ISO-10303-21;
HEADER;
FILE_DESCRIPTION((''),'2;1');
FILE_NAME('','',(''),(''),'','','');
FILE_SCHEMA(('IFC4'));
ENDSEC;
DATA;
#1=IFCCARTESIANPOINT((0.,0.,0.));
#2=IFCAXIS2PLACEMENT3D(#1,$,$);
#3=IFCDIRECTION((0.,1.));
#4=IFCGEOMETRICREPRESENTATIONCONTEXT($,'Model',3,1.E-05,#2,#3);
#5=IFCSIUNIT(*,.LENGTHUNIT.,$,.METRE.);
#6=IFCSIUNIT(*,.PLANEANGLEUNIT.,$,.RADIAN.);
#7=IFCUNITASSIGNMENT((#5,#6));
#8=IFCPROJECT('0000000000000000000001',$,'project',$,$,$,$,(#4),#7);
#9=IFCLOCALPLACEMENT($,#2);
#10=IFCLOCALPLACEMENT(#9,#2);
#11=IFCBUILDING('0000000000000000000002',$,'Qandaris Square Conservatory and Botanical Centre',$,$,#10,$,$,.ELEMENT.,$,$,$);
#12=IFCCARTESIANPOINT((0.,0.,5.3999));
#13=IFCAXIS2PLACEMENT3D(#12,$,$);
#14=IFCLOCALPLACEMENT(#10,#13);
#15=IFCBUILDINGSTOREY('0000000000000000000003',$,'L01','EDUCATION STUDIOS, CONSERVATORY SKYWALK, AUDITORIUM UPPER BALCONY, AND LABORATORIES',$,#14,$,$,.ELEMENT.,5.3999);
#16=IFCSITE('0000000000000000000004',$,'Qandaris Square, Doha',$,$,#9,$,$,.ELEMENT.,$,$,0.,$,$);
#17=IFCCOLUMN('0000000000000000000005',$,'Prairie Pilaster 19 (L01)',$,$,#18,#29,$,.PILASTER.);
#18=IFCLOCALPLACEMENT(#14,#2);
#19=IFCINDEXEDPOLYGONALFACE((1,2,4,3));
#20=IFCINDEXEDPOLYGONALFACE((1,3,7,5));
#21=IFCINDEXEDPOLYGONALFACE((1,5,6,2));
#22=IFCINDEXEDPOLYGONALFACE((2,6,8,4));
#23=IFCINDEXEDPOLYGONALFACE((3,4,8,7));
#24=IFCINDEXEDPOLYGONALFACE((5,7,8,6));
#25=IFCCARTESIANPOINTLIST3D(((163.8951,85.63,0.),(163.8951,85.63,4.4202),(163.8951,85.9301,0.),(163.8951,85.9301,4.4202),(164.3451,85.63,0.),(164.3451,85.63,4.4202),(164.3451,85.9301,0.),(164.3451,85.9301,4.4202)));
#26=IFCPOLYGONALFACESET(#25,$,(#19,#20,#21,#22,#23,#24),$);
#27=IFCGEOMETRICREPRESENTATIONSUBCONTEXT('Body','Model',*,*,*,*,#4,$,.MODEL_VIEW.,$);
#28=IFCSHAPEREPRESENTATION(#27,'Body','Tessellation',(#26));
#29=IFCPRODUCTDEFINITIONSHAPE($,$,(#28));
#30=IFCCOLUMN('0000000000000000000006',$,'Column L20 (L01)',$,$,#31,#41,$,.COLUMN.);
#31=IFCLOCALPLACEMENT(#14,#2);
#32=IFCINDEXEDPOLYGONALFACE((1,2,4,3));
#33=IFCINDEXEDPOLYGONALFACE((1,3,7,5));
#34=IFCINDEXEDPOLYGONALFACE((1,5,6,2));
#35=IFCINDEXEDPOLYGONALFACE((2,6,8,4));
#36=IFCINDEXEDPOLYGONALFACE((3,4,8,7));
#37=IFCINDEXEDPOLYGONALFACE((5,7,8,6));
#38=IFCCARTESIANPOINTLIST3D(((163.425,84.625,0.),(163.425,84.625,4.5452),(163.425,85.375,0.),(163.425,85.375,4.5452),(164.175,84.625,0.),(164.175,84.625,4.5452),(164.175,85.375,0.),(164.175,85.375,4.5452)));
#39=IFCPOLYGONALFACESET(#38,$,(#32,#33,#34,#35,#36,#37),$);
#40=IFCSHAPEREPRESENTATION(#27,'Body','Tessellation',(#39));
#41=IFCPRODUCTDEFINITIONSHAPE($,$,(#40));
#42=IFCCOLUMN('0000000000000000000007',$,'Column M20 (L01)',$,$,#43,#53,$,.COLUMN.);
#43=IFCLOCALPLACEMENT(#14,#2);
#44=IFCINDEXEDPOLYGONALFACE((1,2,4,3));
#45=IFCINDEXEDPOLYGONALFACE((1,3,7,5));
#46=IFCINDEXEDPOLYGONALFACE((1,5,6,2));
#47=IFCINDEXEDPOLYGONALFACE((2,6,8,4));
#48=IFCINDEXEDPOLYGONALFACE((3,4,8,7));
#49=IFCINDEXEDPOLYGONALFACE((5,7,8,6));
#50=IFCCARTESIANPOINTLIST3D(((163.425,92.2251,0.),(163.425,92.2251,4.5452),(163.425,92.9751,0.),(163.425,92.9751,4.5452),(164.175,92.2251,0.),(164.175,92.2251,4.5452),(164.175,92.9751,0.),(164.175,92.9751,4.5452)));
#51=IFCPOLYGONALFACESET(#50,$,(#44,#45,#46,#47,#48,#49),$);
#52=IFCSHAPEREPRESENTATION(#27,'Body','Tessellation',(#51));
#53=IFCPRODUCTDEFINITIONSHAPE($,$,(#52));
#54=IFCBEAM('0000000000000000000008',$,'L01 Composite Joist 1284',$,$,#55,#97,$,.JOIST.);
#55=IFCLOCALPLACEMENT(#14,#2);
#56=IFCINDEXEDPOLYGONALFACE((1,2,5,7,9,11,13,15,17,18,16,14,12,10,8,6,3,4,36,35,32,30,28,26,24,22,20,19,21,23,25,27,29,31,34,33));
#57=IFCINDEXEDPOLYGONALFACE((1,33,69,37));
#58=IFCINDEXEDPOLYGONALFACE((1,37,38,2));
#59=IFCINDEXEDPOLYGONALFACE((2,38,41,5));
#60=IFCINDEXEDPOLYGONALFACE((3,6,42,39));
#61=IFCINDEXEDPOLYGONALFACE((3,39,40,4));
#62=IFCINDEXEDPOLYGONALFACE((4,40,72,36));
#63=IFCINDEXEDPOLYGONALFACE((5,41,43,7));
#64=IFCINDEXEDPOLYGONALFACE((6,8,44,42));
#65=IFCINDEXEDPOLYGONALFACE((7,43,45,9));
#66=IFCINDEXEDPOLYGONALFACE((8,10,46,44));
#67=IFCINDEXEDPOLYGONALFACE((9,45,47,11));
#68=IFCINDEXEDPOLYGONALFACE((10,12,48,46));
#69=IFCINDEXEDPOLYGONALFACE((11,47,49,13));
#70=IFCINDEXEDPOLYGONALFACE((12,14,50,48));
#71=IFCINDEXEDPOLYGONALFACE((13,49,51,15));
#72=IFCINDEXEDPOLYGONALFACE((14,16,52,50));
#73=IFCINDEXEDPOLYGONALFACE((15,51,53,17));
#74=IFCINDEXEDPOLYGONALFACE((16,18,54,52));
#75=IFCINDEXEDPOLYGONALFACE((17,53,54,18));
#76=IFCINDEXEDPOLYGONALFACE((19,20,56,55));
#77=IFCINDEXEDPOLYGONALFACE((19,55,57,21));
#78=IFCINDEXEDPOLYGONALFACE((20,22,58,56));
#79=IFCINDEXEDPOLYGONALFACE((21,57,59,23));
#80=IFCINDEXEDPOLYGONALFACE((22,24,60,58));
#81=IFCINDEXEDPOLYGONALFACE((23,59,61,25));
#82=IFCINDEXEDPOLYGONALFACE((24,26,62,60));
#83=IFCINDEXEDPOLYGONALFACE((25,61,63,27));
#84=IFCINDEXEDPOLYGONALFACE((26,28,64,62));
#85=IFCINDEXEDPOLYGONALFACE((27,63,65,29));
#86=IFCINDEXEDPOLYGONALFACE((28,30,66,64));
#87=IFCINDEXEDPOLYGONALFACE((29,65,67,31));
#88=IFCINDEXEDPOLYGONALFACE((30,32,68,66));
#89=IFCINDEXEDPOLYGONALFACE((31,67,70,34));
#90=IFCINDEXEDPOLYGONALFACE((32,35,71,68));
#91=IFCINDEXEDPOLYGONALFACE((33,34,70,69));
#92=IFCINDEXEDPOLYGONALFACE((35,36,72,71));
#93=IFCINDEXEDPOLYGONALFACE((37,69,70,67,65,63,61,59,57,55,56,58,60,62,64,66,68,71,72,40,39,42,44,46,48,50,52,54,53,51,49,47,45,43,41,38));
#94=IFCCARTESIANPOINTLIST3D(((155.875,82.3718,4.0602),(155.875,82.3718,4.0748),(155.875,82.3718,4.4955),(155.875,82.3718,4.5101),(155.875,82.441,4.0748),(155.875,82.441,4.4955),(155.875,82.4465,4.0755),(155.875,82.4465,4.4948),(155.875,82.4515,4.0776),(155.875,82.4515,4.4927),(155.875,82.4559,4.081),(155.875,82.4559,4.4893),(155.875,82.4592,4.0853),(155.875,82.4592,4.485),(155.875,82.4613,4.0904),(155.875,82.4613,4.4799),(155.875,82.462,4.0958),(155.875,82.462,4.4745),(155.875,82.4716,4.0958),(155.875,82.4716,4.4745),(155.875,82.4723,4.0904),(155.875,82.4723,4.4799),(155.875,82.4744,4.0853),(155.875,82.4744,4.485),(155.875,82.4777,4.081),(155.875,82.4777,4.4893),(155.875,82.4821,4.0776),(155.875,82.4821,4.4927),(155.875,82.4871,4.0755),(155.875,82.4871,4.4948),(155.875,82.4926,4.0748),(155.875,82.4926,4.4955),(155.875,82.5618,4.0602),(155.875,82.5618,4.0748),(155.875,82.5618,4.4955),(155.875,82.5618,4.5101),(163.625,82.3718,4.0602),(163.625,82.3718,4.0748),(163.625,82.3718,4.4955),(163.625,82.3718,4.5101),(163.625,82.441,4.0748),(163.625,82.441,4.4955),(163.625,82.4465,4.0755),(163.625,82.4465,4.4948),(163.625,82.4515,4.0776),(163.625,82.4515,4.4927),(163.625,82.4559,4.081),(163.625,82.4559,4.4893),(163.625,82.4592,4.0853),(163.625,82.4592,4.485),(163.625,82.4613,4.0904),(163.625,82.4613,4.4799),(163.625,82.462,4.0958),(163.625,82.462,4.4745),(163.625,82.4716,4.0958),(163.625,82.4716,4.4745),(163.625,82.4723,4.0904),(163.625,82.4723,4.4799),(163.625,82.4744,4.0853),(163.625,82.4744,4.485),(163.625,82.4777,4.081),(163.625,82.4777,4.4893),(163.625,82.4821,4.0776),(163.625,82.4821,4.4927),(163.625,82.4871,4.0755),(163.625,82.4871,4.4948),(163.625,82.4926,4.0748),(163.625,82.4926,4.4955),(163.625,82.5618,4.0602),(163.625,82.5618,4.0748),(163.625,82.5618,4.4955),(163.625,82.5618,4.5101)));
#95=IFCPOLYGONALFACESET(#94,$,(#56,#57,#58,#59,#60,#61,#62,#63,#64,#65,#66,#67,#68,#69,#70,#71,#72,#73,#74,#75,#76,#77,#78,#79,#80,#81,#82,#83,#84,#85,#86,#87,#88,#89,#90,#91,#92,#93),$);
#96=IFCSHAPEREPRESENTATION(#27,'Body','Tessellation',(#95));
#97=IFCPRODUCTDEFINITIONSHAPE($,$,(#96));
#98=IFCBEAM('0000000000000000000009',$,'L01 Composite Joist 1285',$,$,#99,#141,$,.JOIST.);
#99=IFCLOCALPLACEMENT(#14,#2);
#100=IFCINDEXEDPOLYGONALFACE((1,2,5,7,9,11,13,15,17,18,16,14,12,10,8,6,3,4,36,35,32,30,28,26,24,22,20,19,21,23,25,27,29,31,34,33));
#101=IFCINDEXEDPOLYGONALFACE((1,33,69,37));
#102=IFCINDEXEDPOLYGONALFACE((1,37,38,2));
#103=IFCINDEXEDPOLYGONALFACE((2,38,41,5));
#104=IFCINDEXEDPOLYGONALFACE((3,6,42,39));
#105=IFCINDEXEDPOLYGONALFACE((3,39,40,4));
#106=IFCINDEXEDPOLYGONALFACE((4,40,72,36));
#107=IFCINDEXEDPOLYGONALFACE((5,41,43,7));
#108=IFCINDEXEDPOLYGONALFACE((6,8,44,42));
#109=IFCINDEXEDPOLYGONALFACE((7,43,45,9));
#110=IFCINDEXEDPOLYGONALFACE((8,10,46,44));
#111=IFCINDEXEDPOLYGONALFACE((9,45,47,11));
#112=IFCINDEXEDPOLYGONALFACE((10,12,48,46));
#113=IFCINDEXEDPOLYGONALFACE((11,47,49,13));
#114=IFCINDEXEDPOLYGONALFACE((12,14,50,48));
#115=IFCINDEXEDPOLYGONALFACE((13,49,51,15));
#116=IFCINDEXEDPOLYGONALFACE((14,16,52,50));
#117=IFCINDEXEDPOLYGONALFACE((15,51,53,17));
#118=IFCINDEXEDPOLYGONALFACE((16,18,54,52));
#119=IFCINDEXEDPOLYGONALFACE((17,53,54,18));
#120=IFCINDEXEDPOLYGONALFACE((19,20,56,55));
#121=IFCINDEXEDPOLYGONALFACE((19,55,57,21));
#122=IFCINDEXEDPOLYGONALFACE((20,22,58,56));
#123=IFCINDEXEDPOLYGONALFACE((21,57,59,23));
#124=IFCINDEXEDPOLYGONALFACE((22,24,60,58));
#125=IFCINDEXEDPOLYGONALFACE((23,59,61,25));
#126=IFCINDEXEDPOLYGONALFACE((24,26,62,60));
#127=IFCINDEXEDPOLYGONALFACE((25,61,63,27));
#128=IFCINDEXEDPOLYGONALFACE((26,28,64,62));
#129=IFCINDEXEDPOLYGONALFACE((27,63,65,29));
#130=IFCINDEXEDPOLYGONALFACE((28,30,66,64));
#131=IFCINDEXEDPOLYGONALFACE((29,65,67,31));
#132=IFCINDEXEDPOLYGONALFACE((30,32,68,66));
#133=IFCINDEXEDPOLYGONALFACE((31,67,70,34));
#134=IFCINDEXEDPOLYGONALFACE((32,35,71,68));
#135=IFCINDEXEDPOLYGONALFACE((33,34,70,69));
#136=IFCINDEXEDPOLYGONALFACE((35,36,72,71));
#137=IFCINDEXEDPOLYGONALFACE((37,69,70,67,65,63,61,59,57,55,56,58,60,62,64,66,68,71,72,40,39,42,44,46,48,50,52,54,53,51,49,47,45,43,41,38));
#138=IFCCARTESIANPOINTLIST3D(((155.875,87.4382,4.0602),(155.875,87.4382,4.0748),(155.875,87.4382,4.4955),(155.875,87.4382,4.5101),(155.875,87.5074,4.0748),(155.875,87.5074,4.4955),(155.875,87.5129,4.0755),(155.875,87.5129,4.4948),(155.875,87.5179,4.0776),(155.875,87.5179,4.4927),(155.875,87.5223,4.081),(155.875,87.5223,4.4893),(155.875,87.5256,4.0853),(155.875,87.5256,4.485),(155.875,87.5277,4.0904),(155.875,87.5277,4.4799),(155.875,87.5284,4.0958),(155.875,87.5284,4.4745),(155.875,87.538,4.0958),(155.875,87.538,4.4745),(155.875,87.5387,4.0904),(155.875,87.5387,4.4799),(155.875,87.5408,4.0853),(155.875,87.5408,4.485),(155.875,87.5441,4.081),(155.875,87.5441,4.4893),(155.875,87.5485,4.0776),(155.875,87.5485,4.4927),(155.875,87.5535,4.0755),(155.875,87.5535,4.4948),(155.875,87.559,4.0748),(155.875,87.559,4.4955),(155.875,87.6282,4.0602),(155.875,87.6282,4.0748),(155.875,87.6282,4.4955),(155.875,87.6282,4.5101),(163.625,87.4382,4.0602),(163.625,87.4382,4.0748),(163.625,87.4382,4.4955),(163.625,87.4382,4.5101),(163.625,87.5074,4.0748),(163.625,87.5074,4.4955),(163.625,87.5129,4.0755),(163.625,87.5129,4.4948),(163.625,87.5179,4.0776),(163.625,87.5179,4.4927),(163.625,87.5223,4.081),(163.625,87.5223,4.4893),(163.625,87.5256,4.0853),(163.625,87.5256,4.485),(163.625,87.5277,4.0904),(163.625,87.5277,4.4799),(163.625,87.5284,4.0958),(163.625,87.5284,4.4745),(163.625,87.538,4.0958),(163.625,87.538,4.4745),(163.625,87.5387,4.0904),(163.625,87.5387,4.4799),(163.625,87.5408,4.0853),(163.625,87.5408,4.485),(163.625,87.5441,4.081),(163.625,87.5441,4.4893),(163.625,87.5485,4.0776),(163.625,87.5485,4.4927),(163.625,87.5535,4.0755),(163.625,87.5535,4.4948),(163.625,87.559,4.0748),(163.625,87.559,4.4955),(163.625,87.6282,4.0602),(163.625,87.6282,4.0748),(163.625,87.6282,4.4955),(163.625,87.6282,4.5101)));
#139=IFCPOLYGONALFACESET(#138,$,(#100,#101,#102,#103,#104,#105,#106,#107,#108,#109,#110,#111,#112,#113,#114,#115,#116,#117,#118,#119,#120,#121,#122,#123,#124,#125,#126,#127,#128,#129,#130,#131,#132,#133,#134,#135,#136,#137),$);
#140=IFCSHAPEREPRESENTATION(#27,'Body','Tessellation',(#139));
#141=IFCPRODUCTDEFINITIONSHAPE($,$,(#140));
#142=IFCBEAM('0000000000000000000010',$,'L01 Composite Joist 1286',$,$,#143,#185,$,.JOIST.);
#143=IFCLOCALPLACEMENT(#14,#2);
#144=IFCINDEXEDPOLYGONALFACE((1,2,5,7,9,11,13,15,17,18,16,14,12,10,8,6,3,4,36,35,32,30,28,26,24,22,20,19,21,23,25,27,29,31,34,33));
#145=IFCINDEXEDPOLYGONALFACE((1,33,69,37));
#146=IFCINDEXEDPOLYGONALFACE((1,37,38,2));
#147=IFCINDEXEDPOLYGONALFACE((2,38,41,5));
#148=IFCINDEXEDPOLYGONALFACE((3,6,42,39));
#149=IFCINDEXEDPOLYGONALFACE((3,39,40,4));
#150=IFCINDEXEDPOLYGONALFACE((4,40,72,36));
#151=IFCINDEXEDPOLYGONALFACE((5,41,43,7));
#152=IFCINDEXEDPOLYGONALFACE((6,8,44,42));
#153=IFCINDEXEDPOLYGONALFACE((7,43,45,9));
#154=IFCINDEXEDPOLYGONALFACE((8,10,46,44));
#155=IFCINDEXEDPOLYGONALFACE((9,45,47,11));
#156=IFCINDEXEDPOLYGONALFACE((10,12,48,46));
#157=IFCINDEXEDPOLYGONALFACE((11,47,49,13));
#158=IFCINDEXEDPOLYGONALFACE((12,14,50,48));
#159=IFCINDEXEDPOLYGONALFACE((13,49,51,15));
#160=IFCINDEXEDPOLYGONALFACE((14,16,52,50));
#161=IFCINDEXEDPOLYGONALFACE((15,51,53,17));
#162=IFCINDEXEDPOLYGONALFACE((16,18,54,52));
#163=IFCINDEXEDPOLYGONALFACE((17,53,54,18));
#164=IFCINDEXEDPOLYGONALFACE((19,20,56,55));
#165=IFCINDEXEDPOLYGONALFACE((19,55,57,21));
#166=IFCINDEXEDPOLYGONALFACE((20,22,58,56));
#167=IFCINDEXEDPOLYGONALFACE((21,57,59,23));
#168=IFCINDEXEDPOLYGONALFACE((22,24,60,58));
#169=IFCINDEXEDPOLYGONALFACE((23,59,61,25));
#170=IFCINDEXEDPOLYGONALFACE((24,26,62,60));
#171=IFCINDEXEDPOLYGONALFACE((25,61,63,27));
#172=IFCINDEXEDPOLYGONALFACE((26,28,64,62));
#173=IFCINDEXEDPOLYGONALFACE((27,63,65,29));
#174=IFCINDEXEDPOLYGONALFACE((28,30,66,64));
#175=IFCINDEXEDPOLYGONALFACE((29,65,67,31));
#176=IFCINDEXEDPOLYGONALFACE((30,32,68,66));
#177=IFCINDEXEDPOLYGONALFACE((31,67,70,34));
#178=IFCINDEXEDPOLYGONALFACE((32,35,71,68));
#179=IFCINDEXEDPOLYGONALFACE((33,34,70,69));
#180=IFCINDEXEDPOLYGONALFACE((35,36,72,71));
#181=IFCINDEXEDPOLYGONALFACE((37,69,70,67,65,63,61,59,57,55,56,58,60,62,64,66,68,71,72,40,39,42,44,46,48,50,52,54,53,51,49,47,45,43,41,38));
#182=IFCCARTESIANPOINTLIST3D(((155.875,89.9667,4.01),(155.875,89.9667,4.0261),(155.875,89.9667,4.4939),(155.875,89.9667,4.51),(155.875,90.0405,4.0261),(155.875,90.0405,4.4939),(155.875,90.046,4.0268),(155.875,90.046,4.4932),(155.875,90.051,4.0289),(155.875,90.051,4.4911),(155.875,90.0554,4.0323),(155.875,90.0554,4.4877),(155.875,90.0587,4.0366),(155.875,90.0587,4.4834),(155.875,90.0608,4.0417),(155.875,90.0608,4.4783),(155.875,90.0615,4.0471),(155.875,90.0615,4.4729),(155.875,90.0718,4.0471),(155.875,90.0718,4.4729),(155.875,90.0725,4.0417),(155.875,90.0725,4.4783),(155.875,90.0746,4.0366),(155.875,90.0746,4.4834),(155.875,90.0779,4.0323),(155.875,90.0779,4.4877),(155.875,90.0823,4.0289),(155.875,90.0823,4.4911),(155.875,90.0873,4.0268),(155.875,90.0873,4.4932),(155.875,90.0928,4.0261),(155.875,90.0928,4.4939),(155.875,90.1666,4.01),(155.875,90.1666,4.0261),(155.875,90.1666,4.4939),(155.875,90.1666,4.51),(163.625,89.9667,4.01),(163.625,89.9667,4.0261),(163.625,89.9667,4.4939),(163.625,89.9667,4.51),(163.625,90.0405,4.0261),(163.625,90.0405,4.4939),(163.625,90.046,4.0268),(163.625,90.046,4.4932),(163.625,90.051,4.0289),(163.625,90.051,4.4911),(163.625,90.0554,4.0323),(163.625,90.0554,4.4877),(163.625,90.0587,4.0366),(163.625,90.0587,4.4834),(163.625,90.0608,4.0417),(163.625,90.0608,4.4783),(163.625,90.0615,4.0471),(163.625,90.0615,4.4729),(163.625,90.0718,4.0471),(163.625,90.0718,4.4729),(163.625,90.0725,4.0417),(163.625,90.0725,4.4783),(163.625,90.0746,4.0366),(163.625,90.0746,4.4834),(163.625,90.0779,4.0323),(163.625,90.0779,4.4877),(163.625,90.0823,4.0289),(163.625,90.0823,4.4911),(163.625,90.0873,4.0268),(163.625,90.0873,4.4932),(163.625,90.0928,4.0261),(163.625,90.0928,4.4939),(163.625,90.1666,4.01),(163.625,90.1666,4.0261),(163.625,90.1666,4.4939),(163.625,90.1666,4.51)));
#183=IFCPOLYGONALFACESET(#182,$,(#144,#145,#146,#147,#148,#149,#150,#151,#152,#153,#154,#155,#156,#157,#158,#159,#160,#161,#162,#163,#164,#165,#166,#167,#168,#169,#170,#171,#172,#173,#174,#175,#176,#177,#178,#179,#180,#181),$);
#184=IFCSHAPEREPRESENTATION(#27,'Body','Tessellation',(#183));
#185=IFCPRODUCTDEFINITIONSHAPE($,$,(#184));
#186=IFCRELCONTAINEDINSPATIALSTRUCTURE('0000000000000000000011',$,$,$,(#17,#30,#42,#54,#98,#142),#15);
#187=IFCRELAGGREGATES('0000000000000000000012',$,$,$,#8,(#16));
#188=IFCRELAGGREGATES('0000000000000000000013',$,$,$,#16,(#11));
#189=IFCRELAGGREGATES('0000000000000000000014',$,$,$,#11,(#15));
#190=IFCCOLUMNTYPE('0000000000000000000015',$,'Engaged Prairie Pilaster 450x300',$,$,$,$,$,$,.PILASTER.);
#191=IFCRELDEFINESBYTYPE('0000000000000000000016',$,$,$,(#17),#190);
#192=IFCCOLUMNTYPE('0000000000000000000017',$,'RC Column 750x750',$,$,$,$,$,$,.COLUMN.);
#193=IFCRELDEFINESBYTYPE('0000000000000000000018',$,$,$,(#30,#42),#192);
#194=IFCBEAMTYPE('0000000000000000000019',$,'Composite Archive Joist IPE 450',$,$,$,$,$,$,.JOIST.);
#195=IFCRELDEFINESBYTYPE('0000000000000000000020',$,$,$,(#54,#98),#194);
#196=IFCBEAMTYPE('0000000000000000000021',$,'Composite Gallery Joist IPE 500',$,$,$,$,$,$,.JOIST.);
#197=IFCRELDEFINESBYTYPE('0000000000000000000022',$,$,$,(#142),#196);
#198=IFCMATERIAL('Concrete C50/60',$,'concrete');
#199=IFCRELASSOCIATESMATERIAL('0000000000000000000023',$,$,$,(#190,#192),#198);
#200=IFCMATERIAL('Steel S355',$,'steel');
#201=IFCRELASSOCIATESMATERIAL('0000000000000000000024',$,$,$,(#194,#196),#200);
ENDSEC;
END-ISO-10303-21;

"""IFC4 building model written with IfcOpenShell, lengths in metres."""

from ifc_helpers import new_model, si_unit, direction, frame, origin, origin_2d, place, context, subcontext, project, spatial, rectangle, i_section, extrude, material, material_profile, profile_set, type_object, element, save


model = new_model("IFC4")

# Units and contexts
model_context = context("Model", 3, precision=1e-05, world=origin(), true_north=direction((0.0, 1.0)))
body_context = subcontext(model_context, "Body", "Model", "MODEL_VIEW")
ifc_project = project(units=[si_unit("LENGTHUNIT", "METRE"), si_unit("PLANEANGLEUNIT", "RADIAN")], contexts=[model_context])

# Site, building, storey
site_placement = place(None, origin())
site = spatial("IfcSite", under=ifc_project, at=site_placement, Name="Qandaris Square, Doha", CompositionType="ELEMENT", RefElevation=0.0)
building_placement = place(site_placement, origin())
building = spatial("IfcBuilding", under=site, at=building_placement, Name="Qandaris Square Conservatory and Botanical Centre", CompositionType="ELEMENT")
storey_placement = place(building_placement, frame((0.0, 0.0, 5.3999)))
storey = spatial("IfcBuildingStorey", under=building, at=storey_placement, Name="L01", Description="EDUCATION STUDIOS, CONSERVATORY SKYWALK, AUDITORIUM UPPER BALCONY, AND LABORATORIES", CompositionType="ELEMENT", Elevation=5.3999)

# Columns
ifc_material_1 = material(Name="Concrete C50/60", Category="concrete")
ifc_material_profile_1 = material_profile(ifc_material_1, rectangle(XDim=0.45, YDim=0.3, at=origin_2d()), Name="RC-PIL 450x300")
ifc_profile_set_1 = profile_set([ifc_material_profile_1], Name="Concrete C50/60")
column_type_1 = type_object("IfcColumnType", Name="Engaged Prairie Pilaster 450x300", PredefinedType="PILASTER", material=ifc_profile_set_1)
column_placement = place(storey_placement, frame((164.1201, 85.78, 0.0), z_axis=(0.0, 0.0, 1.0), x_axis=(1.0, 0.0, 0.0)))
element("IfcColumn", 1, at=column_placement, inside=storey, type_object=column_type_1, Name="Prairie Pilaster 19 (L01)", PredefinedType="PILASTER", context=body_context, shape_type="SweptSolid", body=[
    extrude(rectangle(XDim=0.45, YDim=0.3, at=origin_2d()), origin(), (0.0, 0.0, 1.0), 4.4202),
])
ifc_material_profile_2 = material_profile(ifc_material_1, rectangle(XDim=0.75, YDim=0.75, at=origin_2d()), Name="RC-COL 750x750")
ifc_profile_set_2 = profile_set([ifc_material_profile_2], Name="Concrete C50/60")
column_type_2 = type_object("IfcColumnType", Name="RC Column 750x750", PredefinedType="COLUMN", material=ifc_profile_set_2)
for number, where, z_axis, x_axis, name in (
    (2, (163.8, 85.0, 0.0), (0.0, 0.0, 1.0), (1.0, 0.0, 0.0), "Column L20 (L01)"),
    (3, (163.8, 92.6001, 0.0), (0.0, 0.0, 1.0), (1.0, 0.0, 0.0), "Column M20 (L01)"),
):
    element("IfcColumn", number, at=place(storey_placement, frame(where, z_axis=z_axis, x_axis=x_axis)), inside=storey, type_object=column_type_2, Name=name, PredefinedType="COLUMN", context=body_context, shape_type="SweptSolid", body=[
        extrude(rectangle(XDim=0.75, YDim=0.75, at=origin_2d()), origin(), (0.0, 0.0, 1.0), 4.5452),
    ])

# Beams
ifc_material_2 = material(Name="Steel S355", Category="steel")
ifc_material_profile_3 = material_profile(ifc_material_2, i_section(OverallWidth=0.1899, OverallDepth=0.45, WebThickness=0.0095, FlangeThickness=0.0146, FilletRadius=0.021, at=origin_2d()), Name="IPE 450")
ifc_profile_set_3 = profile_set([ifc_material_profile_3], Name="Steel S355")
beam_type_1 = type_object("IfcBeamType", Name="Composite Archive Joist IPE 450", PredefinedType="JOIST", material=ifc_profile_set_3)
for number, where, z_axis, x_axis, name in (
    (4, (155.875, 82.4668, 4.2852), (1.0, 0.0, 0.0), (0.0, 1.0, 0.0), "L01 Composite Joist 1284"),
    (5, (155.875, 87.5332, 4.2852), (1.0, 0.0, 0.0), (0.0, 1.0, 0.0), "L01 Composite Joist 1285"),
):
    element("IfcBeam", number, at=place(storey_placement, frame(where, z_axis=z_axis, x_axis=x_axis)), inside=storey, type_object=beam_type_1, Name=name, PredefinedType="JOIST", context=body_context, shape_type="SweptSolid", body=[
        extrude(i_section(OverallWidth=0.1899, OverallDepth=0.45, WebThickness=0.0095, FlangeThickness=0.0146, FilletRadius=0.021, at=origin_2d()), origin(), (0.0, 0.0, 1.0), 7.75),
    ])
ifc_material_profile_4 = material_profile(ifc_material_2, i_section(OverallWidth=0.2, OverallDepth=0.5, WebThickness=0.0103, FlangeThickness=0.0161, FilletRadius=0.021, at=origin_2d()), Name="IPE 500")
ifc_profile_set_4 = profile_set([ifc_material_profile_4], Name="Steel S355")
beam_type_2 = type_object("IfcBeamType", Name="Composite Gallery Joist IPE 500", PredefinedType="JOIST", material=ifc_profile_set_4)
beam_1_placement = place(storey_placement, frame((155.875, 90.0667, 4.26), z_axis=(1.0, 0.0, 0.0), x_axis=(0.0, 1.0, 0.0)))
element("IfcBeam", 6, at=beam_1_placement, inside=storey, type_object=beam_type_2, Name="L01 Composite Joist 1286", PredefinedType="JOIST", context=body_context, shape_type="SweptSolid", body=[
    extrude(i_section(OverallWidth=0.2, OverallDepth=0.5, WebThickness=0.0103, FlangeThickness=0.0161, FilletRadius=0.021, at=origin_2d()), origin(), (0.0, 0.0, 1.0), 7.75),
])

save(model, "model.ifc")
